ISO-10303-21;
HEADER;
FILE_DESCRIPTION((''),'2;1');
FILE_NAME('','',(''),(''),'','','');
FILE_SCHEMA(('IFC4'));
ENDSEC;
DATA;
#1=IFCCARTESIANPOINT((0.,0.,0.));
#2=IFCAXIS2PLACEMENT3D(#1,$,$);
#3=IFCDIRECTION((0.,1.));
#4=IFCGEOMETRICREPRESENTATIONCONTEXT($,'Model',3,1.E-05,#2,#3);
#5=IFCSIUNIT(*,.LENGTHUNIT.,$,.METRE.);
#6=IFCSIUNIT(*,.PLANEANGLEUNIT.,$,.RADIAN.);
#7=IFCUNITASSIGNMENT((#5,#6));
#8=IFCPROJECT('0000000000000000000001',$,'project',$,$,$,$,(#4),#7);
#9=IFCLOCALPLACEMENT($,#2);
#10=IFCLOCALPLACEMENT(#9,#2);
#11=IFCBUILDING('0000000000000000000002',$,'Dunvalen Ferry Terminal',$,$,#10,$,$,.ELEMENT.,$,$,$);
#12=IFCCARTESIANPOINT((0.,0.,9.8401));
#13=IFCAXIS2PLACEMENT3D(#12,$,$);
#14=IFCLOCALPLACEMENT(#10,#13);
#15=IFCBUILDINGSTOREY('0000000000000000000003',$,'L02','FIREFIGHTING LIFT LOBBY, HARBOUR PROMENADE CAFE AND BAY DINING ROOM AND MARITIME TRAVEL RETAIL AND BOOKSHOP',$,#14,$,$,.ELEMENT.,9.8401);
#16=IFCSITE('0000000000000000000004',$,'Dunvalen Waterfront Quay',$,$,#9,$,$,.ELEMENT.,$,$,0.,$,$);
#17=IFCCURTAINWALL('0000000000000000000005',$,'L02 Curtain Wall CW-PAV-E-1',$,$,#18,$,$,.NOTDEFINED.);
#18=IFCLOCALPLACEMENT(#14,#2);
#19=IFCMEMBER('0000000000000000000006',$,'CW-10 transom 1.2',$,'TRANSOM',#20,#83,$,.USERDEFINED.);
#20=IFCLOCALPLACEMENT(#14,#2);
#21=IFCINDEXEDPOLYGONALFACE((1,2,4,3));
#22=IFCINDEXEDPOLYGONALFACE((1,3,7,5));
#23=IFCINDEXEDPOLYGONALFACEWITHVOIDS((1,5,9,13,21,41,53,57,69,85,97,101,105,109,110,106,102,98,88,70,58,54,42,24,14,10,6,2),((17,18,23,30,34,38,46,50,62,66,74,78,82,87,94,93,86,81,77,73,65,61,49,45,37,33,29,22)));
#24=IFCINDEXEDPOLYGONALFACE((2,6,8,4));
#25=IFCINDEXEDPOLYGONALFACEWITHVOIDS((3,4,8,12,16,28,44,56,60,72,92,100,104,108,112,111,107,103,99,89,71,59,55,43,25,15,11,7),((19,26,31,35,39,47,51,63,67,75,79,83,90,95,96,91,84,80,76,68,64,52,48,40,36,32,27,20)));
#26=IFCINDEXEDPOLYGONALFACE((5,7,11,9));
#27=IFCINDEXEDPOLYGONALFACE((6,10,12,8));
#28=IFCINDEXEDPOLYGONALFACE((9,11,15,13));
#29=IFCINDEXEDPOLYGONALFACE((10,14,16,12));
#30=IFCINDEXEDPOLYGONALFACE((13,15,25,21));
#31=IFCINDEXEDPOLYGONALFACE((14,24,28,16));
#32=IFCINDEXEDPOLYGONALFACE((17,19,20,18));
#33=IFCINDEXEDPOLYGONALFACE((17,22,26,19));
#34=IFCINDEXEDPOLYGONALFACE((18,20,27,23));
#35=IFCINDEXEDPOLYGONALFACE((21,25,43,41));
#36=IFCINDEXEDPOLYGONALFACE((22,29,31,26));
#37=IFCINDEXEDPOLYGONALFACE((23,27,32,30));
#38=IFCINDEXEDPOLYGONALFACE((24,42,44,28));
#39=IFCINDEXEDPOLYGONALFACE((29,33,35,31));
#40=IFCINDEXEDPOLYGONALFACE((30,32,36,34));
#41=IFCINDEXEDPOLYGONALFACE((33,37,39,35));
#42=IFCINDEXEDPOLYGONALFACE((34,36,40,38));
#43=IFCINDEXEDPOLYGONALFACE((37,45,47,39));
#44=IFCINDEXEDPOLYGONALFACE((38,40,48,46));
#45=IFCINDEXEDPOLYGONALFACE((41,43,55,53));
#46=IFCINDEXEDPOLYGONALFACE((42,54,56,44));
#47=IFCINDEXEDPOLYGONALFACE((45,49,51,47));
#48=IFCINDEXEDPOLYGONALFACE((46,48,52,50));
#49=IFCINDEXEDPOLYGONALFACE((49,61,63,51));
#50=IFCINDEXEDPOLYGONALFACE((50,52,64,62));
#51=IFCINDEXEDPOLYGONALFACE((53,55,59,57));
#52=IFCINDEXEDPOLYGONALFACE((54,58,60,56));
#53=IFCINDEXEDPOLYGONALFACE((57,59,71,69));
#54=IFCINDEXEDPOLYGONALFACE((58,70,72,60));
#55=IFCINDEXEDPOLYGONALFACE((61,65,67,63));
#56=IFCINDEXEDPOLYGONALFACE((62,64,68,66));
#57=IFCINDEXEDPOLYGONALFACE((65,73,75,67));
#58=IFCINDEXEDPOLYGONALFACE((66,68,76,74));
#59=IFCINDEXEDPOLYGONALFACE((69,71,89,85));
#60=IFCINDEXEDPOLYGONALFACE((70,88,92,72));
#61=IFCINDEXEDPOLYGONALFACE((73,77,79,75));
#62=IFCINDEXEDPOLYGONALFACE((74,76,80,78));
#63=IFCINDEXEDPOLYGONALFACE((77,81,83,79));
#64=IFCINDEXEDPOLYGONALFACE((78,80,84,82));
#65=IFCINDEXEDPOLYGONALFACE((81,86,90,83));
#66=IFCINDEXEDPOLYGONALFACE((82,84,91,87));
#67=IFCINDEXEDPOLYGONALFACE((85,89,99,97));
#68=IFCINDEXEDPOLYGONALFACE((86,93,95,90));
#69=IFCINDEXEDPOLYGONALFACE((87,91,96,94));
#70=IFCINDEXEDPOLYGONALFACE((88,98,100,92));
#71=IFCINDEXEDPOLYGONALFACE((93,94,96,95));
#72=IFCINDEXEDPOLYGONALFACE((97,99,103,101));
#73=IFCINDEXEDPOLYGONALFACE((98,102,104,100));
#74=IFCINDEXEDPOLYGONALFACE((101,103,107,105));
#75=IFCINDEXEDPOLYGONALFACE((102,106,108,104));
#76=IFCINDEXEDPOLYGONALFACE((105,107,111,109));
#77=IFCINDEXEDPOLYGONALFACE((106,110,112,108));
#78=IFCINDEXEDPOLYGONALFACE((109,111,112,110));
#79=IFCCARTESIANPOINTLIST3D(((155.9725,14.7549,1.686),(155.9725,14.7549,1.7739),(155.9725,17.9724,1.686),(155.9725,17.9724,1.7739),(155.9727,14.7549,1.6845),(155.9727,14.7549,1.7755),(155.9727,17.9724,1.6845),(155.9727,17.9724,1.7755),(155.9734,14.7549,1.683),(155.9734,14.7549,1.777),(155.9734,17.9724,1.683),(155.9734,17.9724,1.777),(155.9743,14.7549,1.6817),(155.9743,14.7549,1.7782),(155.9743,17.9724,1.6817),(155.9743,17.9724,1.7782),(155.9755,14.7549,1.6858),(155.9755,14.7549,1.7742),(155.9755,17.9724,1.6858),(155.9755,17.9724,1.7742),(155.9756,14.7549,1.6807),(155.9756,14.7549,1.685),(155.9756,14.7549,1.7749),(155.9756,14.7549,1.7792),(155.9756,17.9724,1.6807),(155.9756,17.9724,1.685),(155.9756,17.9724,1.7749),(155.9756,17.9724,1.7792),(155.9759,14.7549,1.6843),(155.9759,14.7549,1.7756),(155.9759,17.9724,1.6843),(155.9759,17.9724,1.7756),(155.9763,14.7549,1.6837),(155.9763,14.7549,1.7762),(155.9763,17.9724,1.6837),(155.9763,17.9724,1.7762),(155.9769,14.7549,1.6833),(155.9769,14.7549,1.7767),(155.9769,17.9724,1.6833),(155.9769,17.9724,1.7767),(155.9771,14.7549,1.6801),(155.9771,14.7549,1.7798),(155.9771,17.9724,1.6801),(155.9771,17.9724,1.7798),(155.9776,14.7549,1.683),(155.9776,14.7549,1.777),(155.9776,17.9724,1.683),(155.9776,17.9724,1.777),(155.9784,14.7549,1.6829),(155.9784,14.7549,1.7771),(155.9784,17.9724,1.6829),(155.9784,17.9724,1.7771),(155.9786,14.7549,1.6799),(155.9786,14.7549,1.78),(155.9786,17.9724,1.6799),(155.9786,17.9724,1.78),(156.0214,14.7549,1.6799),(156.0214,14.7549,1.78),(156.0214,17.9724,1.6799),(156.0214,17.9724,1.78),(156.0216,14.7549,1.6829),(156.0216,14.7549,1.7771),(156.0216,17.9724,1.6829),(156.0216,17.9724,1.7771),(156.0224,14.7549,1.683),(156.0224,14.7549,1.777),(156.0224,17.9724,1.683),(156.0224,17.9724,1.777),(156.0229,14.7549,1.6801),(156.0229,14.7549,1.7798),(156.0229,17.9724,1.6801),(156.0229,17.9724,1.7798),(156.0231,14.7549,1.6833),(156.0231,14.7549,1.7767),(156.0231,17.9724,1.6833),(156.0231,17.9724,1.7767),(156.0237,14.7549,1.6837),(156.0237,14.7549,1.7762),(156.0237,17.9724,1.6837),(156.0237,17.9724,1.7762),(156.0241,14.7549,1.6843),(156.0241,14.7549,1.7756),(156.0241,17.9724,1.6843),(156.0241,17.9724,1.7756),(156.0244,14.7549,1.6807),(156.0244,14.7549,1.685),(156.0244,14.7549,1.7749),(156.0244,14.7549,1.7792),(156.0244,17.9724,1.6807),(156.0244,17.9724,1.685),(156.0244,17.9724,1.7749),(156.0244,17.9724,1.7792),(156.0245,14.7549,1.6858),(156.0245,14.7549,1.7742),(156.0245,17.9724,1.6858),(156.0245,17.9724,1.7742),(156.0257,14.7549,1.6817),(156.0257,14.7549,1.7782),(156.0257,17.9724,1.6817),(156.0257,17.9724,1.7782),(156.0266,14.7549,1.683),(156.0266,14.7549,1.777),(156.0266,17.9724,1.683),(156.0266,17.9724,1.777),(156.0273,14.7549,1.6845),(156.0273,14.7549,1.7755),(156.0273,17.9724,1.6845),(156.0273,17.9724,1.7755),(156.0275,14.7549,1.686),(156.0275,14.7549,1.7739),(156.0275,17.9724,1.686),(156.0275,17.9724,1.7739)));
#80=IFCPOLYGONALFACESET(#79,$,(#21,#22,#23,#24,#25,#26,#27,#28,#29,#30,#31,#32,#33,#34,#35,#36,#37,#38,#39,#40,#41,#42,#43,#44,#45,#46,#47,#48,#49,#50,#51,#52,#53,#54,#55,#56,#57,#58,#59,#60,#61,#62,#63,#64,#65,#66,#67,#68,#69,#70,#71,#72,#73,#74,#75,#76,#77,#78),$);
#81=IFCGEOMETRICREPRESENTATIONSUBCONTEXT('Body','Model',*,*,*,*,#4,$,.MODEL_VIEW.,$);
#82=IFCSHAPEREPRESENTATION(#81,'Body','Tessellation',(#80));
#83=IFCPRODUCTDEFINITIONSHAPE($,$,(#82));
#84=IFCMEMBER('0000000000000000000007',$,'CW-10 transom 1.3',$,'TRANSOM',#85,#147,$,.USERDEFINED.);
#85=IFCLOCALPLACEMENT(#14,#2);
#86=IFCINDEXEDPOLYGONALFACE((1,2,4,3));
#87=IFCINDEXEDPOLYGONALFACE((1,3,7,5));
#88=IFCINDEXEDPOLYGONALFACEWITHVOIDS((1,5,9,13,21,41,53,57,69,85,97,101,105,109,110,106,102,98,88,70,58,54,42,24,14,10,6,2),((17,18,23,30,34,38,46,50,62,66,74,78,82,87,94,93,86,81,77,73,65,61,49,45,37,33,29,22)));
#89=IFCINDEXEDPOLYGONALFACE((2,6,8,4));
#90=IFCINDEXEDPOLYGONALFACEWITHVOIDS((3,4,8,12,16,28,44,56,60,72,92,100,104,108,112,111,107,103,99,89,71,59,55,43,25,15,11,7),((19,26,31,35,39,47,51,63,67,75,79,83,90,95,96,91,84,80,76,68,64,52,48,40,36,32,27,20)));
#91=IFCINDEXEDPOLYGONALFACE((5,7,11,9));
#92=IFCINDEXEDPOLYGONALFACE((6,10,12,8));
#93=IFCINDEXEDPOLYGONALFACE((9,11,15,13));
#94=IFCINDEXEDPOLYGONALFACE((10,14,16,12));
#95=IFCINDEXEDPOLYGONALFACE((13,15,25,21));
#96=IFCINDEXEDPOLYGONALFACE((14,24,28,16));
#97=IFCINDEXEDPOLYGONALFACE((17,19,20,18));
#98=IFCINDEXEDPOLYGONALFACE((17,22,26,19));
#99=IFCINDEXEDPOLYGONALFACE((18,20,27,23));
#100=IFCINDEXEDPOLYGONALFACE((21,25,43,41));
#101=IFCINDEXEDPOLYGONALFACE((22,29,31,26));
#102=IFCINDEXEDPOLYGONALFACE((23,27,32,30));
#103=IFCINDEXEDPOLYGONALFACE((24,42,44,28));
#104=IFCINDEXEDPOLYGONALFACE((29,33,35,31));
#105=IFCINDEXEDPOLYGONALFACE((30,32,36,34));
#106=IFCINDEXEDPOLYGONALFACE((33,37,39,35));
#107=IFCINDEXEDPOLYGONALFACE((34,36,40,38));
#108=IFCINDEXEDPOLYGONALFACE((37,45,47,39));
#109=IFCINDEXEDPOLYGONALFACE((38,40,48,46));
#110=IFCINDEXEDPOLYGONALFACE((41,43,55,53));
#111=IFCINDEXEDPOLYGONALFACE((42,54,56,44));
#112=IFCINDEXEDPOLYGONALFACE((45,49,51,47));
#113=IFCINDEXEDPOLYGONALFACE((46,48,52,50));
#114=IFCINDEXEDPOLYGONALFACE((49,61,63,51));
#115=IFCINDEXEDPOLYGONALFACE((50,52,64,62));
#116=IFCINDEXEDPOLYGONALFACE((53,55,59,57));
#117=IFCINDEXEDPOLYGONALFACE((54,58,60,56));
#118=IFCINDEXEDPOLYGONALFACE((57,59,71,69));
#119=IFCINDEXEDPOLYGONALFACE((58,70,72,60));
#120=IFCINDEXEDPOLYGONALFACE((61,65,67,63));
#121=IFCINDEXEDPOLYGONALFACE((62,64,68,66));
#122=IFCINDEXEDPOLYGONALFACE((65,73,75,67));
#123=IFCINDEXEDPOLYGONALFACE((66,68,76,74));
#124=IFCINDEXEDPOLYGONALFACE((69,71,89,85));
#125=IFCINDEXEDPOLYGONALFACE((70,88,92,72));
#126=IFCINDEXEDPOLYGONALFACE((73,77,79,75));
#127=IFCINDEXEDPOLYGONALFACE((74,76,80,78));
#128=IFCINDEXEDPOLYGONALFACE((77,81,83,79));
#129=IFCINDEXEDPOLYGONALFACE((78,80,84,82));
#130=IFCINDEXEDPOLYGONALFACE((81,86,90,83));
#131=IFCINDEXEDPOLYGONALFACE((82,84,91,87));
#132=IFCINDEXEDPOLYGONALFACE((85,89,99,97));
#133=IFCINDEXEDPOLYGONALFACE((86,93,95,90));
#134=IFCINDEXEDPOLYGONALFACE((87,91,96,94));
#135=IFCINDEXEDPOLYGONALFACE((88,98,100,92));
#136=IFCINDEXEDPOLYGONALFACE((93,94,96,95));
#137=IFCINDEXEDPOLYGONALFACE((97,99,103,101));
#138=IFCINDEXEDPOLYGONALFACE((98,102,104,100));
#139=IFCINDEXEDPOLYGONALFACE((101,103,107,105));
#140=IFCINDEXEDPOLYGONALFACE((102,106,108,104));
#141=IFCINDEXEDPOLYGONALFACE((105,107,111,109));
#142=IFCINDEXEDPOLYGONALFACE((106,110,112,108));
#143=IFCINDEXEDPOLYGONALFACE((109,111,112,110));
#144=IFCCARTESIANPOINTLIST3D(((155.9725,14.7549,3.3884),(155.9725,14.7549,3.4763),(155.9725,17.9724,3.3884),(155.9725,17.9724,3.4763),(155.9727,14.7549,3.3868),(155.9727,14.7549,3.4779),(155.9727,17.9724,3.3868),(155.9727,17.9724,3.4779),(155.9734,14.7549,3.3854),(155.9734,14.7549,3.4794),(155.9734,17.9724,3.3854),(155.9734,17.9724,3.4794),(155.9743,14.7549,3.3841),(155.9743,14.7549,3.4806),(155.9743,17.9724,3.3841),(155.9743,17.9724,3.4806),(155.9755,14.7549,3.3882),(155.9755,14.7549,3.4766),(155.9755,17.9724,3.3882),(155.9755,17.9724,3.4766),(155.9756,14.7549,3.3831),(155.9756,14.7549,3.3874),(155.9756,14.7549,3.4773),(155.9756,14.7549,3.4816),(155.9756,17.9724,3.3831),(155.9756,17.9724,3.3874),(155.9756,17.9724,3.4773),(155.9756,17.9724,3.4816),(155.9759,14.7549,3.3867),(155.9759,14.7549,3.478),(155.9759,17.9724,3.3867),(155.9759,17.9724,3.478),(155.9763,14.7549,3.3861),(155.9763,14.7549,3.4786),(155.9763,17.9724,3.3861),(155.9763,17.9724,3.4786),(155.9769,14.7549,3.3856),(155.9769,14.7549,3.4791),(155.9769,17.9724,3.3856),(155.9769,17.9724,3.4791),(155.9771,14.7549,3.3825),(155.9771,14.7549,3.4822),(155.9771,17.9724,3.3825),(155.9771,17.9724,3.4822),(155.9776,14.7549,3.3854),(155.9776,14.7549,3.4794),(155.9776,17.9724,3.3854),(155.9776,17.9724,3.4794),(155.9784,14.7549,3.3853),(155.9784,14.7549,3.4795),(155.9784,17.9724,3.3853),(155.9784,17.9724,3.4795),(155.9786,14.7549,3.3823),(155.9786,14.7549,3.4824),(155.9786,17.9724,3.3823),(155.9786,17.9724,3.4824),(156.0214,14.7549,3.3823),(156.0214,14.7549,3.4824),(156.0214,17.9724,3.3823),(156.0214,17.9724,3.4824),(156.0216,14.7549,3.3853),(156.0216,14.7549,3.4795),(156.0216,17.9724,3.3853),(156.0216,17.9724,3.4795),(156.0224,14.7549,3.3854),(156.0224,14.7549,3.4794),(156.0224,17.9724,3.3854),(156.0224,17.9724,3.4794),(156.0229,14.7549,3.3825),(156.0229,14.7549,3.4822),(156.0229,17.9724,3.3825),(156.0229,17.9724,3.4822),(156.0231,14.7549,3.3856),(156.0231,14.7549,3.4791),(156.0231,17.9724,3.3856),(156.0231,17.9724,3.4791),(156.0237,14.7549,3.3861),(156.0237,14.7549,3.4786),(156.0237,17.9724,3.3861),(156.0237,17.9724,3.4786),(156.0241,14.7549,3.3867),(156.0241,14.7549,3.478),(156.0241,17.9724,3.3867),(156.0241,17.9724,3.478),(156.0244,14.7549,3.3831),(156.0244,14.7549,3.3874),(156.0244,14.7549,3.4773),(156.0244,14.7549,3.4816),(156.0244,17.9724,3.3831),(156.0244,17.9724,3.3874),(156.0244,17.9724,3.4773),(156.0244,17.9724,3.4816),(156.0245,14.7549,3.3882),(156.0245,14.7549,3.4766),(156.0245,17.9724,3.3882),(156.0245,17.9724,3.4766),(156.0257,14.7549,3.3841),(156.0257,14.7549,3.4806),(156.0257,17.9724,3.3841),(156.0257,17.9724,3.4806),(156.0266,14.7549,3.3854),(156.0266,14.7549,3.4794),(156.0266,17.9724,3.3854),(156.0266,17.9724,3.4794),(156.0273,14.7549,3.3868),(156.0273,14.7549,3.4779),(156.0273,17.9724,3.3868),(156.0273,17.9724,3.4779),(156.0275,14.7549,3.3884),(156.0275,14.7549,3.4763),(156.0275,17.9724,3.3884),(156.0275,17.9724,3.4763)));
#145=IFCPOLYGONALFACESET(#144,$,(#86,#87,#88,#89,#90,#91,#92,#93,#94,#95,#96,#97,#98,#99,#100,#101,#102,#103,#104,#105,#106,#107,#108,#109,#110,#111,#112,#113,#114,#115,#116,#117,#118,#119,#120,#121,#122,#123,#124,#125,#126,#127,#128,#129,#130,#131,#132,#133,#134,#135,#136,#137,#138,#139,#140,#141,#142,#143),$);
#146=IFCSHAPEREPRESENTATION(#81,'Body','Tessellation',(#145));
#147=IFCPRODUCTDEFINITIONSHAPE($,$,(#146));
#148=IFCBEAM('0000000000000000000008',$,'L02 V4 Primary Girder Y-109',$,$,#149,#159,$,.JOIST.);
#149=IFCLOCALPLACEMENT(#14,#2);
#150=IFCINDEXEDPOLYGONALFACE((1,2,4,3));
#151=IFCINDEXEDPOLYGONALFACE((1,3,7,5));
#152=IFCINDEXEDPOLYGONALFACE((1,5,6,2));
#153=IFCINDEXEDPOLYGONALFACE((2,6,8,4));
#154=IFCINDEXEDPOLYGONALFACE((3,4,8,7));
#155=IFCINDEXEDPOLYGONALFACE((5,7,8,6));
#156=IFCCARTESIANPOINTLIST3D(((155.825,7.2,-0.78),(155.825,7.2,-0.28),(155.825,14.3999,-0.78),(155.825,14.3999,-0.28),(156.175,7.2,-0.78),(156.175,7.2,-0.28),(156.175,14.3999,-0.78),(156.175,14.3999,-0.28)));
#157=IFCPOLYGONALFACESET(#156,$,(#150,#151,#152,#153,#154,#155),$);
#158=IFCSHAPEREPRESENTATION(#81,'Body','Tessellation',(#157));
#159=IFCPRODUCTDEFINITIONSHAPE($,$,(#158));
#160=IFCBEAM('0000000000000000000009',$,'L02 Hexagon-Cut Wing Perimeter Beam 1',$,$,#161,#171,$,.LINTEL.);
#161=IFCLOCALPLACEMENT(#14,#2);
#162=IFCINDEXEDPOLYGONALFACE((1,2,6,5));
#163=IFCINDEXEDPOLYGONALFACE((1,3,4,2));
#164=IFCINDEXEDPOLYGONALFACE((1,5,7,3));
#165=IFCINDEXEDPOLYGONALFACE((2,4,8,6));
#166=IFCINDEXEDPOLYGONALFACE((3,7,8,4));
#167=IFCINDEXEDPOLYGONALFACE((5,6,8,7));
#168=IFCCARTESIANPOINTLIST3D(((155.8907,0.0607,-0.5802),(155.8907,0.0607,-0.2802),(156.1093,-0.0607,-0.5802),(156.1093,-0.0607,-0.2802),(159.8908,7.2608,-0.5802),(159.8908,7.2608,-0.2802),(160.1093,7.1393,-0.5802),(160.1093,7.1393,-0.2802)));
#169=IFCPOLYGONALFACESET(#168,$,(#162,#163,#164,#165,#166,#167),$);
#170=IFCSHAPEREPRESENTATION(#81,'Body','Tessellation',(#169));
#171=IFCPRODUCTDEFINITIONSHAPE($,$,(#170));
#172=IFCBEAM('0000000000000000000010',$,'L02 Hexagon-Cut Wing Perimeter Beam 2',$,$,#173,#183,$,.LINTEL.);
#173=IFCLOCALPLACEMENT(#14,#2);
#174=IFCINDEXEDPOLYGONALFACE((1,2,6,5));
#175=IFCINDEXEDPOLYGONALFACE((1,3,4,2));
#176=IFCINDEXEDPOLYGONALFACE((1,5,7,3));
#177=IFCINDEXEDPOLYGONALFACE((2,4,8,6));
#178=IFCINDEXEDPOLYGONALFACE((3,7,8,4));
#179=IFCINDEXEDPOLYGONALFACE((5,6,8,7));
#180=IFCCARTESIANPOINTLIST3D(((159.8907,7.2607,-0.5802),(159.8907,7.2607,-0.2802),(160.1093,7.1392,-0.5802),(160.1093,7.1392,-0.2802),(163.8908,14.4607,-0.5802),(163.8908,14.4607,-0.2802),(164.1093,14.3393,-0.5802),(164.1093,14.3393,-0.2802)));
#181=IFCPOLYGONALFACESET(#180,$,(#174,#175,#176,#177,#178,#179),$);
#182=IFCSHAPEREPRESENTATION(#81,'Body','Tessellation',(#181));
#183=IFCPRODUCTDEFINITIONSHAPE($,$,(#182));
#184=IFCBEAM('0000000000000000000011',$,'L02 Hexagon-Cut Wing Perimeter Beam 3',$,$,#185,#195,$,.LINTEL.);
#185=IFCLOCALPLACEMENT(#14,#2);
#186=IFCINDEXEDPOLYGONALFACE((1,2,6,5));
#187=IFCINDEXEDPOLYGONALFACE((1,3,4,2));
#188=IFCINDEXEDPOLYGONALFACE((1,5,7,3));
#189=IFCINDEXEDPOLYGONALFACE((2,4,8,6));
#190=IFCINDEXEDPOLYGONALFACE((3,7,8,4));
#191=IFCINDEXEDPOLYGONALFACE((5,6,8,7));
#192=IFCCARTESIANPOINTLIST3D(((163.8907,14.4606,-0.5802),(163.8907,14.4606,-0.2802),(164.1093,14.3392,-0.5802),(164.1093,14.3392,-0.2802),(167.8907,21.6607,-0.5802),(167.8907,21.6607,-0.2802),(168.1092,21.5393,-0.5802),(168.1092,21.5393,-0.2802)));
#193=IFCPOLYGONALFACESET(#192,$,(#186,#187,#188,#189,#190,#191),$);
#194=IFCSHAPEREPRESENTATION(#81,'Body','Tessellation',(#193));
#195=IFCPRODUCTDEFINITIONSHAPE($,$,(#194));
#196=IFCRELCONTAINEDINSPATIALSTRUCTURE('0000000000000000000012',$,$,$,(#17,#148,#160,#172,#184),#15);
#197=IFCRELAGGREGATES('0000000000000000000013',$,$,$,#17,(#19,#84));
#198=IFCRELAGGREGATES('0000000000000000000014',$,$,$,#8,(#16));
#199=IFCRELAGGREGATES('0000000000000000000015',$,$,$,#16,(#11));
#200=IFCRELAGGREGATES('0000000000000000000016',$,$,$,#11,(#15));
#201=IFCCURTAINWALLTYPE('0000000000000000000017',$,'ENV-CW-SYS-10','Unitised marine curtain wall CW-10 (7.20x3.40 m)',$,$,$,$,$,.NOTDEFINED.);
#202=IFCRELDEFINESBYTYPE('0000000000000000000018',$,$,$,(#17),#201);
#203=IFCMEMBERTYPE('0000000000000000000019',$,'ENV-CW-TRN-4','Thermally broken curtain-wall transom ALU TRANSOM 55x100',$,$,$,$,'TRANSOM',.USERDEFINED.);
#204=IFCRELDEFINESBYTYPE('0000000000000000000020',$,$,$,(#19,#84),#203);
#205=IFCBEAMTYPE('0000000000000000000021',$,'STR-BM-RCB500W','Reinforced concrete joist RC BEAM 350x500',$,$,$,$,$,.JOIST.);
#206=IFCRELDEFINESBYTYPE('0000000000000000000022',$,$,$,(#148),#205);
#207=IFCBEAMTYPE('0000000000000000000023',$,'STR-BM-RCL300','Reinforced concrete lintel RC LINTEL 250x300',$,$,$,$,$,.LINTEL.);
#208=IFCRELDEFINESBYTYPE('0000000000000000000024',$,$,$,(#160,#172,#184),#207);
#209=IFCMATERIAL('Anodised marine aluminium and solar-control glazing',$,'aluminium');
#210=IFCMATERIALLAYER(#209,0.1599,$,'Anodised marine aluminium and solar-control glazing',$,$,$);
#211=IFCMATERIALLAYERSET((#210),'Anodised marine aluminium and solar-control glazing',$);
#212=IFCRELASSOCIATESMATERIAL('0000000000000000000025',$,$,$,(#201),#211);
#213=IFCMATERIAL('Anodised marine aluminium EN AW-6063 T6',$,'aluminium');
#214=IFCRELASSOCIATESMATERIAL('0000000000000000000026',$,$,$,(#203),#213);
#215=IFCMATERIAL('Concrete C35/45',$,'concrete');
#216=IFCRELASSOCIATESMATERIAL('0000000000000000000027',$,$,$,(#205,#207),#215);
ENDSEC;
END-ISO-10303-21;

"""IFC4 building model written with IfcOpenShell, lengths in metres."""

from ifc_helpers import new_model, si_unit, direction, frame, origin, origin_2d, place, context, subcontext, project, spatial, rectangle, hollow_rectangle, extrude, material, layer, layer_set, material_profile, profile_set, type_object, element, aggregate, save


model = new_model("IFC4")

# Units and contexts
model_context = context("Model", 3, precision=1e-05, world=origin(), true_north=direction((0.0, 1.0)))
body_context = subcontext(model_context, "Body", "Model", "MODEL_VIEW")
ifc_project = project(units=[si_unit("LENGTHUNIT", "METRE"), si_unit("PLANEANGLEUNIT", "RADIAN")], contexts=[model_context])

# Site, building, storey
site_placement = place(None, origin())
site = spatial("IfcSite", under=ifc_project, at=site_placement, Name="Dunvalen Waterfront Quay", CompositionType="ELEMENT", RefElevation=0.0)
building_placement = place(site_placement, origin())
building = spatial("IfcBuilding", under=site, at=building_placement, Name="Dunvalen Ferry Terminal", CompositionType="ELEMENT")
storey_placement = place(building_placement, frame((0.0, 0.0, 9.8401)))
storey = spatial("IfcBuildingStorey", under=building, at=storey_placement, Name="L02", Description="FIREFIGHTING LIFT LOBBY, HARBOUR PROMENADE CAFE AND BAY DINING ROOM AND MARITIME TRAVEL RETAIL AND BOOKSHOP", CompositionType="ELEMENT", Elevation=9.8401)

# Shared definitions
ifc_material_1 = material(Name="Anodised marine aluminium and solar-control glazing", Category="aluminium")
ifc_material_2 = material(Name="Anodised marine aluminium EN AW-6063 T6", Category="aluminium")

# Curtain wall
ifc_layer_1 = layer(ifc_material_1, 0.1599, Name="Anodised marine aluminium and solar-control glazing")
ifc_layer_set_1 = layer_set([ifc_layer_1], Name="Anodised marine aluminium and solar-control glazing")
curtain_wall_type_1 = type_object("IfcCurtainWallType", Name="ENV-CW-SYS-10", Description="Unitised marine curtain wall CW-10 (7.20x3.40 m)", PredefinedType="NOTDEFINED", material=ifc_layer_set_1)
curtain_wall_1_placement = place(storey_placement, origin())
curtain_wall_1 = element("IfcCurtainWall", 1, at=curtain_wall_1_placement, inside=storey, type_object=curtain_wall_type_1, Name="L02 Curtain Wall CW-PAV-E-1", PredefinedType="NOTDEFINED")

# Members
ifc_material_profile_1 = material_profile(ifc_material_2, hollow_rectangle(XDim=0.0549, YDim=0.1001, WallThickness=0.0029, InnerFilletRadius=0.0029, OuterFilletRadius=0.0061, at=origin_2d()), Name="Anodised marine aluminium EN AW-6063 T6")
ifc_profile_set_1 = profile_set([ifc_material_profile_1], Name="Anodised marine aluminium EN AW-6063 T6")
member_type_1 = type_object("IfcMemberType", Name="ENV-CW-TRN-4", Description="Thermally broken curtain-wall transom ALU TRANSOM 55x100", ElementType="TRANSOM", PredefinedType="USERDEFINED", material=ifc_profile_set_1)
member_1_placement = place(storey_placement, frame((156.0, 14.7549, 1.73), z_axis=(0.0, 1.0, 0.0), x_axis=(-1.0, 0.0, 0.0)))
member_1 = element("IfcMember", 2, at=member_1_placement, type_object=member_type_1, Name="CW-10 transom 1.2", ObjectType="TRANSOM", PredefinedType="USERDEFINED", context=body_context, shape_type="SweptSolid", body=[
    extrude(hollow_rectangle(XDim=0.0549, YDim=0.1001, WallThickness=0.0029, InnerFilletRadius=0.0029, OuterFilletRadius=0.0061, at=origin_2d()), origin(), (0.0, 0.0, 1.0), 3.2175),
])
member_2_placement = place(storey_placement, frame((156.0, 14.7549, 3.4324), z_axis=(0.0, 1.0, 0.0), x_axis=(-1.0, 0.0, 0.0)))
member_2 = element("IfcMember", 3, at=member_2_placement, type_object=member_type_1, Name="CW-10 transom 1.3", ObjectType="TRANSOM", PredefinedType="USERDEFINED", context=body_context, shape_type="SweptSolid", body=[
    extrude(hollow_rectangle(XDim=0.0549, YDim=0.1001, WallThickness=0.0029, InnerFilletRadius=0.0029, OuterFilletRadius=0.0061, at=origin_2d()), origin(), (0.0, 0.0, 1.0), 3.2175),
])

# Beams
ifc_material_3 = material(Name="Concrete C35/45", Category="concrete")
ifc_material_profile_2 = material_profile(ifc_material_3, rectangle(XDim=0.3501, YDim=0.5, at=origin_2d()), Name="Concrete C35/45")
ifc_profile_set_2 = profile_set([ifc_material_profile_2], Name="Concrete C35/45")
beam_type_1 = type_object("IfcBeamType", Name="STR-BM-RCB500W", Description="Reinforced concrete joist RC BEAM 350x500", PredefinedType="JOIST", material=ifc_profile_set_2)
beam_1_placement = place(storey_placement, frame((156.0, 7.2, -0.53), z_axis=(0.0, 1.0, 0.0), x_axis=(-1.0, 0.0, 0.0)))
element("IfcBeam", 4, at=beam_1_placement, inside=storey, type_object=beam_type_1, Name="L02 V4 Primary Girder Y-109", PredefinedType="JOIST", context=body_context, shape_type="SweptSolid", body=[
    extrude(rectangle(XDim=0.3501, YDim=0.5, at=origin_2d()), origin(), (0.0, 0.0, 1.0), 7.2),
])
ifc_material_profile_3 = material_profile(ifc_material_3, rectangle(XDim=0.25, YDim=0.3, at=origin_2d()), Name="Concrete C35/45")
ifc_profile_set_3 = profile_set([ifc_material_profile_3], Name="Concrete C35/45")
beam_type_2 = type_object("IfcBeamType", Name="STR-BM-RCL300", Description="Reinforced concrete lintel RC LINTEL 250x300", PredefinedType="LINTEL", material=ifc_profile_set_3)
for number, where, z_axis, x_axis, name in (
    (5, (156.0, 0.0, -0.4302), (0.485645, 0.874156, 0.0), (-0.874156, 0.485645, 0.0), "L02 Hexagon-Cut Wing Perimeter Beam 1"),
    (6, (160.0, 7.2, -0.4302), (0.485645, 0.874156, 0.0), (-0.874156, 0.485645, 0.0), "L02 Hexagon-Cut Wing Perimeter Beam 2"),
    (7, (164.0, 14.3999, -0.4302), (0.485633, 0.874163, 0.0), (-0.874163, 0.485633, 0.0), "L02 Hexagon-Cut Wing Perimeter Beam 3"),
):
    element("IfcBeam", number, at=place(storey_placement, frame(where, z_axis=z_axis, x_axis=x_axis)), inside=storey, type_object=beam_type_2, Name=name, PredefinedType="LINTEL", context=body_context, shape_type="SweptSolid", body=[
        extrude(rectangle(XDim=0.25, YDim=0.3, at=origin_2d()), origin(), (0.0, 0.0, 1.0), 8.2366),
    ])

aggregate(curtain_wall_1, [member_1, member_2])

save(model, "model.ifc")
